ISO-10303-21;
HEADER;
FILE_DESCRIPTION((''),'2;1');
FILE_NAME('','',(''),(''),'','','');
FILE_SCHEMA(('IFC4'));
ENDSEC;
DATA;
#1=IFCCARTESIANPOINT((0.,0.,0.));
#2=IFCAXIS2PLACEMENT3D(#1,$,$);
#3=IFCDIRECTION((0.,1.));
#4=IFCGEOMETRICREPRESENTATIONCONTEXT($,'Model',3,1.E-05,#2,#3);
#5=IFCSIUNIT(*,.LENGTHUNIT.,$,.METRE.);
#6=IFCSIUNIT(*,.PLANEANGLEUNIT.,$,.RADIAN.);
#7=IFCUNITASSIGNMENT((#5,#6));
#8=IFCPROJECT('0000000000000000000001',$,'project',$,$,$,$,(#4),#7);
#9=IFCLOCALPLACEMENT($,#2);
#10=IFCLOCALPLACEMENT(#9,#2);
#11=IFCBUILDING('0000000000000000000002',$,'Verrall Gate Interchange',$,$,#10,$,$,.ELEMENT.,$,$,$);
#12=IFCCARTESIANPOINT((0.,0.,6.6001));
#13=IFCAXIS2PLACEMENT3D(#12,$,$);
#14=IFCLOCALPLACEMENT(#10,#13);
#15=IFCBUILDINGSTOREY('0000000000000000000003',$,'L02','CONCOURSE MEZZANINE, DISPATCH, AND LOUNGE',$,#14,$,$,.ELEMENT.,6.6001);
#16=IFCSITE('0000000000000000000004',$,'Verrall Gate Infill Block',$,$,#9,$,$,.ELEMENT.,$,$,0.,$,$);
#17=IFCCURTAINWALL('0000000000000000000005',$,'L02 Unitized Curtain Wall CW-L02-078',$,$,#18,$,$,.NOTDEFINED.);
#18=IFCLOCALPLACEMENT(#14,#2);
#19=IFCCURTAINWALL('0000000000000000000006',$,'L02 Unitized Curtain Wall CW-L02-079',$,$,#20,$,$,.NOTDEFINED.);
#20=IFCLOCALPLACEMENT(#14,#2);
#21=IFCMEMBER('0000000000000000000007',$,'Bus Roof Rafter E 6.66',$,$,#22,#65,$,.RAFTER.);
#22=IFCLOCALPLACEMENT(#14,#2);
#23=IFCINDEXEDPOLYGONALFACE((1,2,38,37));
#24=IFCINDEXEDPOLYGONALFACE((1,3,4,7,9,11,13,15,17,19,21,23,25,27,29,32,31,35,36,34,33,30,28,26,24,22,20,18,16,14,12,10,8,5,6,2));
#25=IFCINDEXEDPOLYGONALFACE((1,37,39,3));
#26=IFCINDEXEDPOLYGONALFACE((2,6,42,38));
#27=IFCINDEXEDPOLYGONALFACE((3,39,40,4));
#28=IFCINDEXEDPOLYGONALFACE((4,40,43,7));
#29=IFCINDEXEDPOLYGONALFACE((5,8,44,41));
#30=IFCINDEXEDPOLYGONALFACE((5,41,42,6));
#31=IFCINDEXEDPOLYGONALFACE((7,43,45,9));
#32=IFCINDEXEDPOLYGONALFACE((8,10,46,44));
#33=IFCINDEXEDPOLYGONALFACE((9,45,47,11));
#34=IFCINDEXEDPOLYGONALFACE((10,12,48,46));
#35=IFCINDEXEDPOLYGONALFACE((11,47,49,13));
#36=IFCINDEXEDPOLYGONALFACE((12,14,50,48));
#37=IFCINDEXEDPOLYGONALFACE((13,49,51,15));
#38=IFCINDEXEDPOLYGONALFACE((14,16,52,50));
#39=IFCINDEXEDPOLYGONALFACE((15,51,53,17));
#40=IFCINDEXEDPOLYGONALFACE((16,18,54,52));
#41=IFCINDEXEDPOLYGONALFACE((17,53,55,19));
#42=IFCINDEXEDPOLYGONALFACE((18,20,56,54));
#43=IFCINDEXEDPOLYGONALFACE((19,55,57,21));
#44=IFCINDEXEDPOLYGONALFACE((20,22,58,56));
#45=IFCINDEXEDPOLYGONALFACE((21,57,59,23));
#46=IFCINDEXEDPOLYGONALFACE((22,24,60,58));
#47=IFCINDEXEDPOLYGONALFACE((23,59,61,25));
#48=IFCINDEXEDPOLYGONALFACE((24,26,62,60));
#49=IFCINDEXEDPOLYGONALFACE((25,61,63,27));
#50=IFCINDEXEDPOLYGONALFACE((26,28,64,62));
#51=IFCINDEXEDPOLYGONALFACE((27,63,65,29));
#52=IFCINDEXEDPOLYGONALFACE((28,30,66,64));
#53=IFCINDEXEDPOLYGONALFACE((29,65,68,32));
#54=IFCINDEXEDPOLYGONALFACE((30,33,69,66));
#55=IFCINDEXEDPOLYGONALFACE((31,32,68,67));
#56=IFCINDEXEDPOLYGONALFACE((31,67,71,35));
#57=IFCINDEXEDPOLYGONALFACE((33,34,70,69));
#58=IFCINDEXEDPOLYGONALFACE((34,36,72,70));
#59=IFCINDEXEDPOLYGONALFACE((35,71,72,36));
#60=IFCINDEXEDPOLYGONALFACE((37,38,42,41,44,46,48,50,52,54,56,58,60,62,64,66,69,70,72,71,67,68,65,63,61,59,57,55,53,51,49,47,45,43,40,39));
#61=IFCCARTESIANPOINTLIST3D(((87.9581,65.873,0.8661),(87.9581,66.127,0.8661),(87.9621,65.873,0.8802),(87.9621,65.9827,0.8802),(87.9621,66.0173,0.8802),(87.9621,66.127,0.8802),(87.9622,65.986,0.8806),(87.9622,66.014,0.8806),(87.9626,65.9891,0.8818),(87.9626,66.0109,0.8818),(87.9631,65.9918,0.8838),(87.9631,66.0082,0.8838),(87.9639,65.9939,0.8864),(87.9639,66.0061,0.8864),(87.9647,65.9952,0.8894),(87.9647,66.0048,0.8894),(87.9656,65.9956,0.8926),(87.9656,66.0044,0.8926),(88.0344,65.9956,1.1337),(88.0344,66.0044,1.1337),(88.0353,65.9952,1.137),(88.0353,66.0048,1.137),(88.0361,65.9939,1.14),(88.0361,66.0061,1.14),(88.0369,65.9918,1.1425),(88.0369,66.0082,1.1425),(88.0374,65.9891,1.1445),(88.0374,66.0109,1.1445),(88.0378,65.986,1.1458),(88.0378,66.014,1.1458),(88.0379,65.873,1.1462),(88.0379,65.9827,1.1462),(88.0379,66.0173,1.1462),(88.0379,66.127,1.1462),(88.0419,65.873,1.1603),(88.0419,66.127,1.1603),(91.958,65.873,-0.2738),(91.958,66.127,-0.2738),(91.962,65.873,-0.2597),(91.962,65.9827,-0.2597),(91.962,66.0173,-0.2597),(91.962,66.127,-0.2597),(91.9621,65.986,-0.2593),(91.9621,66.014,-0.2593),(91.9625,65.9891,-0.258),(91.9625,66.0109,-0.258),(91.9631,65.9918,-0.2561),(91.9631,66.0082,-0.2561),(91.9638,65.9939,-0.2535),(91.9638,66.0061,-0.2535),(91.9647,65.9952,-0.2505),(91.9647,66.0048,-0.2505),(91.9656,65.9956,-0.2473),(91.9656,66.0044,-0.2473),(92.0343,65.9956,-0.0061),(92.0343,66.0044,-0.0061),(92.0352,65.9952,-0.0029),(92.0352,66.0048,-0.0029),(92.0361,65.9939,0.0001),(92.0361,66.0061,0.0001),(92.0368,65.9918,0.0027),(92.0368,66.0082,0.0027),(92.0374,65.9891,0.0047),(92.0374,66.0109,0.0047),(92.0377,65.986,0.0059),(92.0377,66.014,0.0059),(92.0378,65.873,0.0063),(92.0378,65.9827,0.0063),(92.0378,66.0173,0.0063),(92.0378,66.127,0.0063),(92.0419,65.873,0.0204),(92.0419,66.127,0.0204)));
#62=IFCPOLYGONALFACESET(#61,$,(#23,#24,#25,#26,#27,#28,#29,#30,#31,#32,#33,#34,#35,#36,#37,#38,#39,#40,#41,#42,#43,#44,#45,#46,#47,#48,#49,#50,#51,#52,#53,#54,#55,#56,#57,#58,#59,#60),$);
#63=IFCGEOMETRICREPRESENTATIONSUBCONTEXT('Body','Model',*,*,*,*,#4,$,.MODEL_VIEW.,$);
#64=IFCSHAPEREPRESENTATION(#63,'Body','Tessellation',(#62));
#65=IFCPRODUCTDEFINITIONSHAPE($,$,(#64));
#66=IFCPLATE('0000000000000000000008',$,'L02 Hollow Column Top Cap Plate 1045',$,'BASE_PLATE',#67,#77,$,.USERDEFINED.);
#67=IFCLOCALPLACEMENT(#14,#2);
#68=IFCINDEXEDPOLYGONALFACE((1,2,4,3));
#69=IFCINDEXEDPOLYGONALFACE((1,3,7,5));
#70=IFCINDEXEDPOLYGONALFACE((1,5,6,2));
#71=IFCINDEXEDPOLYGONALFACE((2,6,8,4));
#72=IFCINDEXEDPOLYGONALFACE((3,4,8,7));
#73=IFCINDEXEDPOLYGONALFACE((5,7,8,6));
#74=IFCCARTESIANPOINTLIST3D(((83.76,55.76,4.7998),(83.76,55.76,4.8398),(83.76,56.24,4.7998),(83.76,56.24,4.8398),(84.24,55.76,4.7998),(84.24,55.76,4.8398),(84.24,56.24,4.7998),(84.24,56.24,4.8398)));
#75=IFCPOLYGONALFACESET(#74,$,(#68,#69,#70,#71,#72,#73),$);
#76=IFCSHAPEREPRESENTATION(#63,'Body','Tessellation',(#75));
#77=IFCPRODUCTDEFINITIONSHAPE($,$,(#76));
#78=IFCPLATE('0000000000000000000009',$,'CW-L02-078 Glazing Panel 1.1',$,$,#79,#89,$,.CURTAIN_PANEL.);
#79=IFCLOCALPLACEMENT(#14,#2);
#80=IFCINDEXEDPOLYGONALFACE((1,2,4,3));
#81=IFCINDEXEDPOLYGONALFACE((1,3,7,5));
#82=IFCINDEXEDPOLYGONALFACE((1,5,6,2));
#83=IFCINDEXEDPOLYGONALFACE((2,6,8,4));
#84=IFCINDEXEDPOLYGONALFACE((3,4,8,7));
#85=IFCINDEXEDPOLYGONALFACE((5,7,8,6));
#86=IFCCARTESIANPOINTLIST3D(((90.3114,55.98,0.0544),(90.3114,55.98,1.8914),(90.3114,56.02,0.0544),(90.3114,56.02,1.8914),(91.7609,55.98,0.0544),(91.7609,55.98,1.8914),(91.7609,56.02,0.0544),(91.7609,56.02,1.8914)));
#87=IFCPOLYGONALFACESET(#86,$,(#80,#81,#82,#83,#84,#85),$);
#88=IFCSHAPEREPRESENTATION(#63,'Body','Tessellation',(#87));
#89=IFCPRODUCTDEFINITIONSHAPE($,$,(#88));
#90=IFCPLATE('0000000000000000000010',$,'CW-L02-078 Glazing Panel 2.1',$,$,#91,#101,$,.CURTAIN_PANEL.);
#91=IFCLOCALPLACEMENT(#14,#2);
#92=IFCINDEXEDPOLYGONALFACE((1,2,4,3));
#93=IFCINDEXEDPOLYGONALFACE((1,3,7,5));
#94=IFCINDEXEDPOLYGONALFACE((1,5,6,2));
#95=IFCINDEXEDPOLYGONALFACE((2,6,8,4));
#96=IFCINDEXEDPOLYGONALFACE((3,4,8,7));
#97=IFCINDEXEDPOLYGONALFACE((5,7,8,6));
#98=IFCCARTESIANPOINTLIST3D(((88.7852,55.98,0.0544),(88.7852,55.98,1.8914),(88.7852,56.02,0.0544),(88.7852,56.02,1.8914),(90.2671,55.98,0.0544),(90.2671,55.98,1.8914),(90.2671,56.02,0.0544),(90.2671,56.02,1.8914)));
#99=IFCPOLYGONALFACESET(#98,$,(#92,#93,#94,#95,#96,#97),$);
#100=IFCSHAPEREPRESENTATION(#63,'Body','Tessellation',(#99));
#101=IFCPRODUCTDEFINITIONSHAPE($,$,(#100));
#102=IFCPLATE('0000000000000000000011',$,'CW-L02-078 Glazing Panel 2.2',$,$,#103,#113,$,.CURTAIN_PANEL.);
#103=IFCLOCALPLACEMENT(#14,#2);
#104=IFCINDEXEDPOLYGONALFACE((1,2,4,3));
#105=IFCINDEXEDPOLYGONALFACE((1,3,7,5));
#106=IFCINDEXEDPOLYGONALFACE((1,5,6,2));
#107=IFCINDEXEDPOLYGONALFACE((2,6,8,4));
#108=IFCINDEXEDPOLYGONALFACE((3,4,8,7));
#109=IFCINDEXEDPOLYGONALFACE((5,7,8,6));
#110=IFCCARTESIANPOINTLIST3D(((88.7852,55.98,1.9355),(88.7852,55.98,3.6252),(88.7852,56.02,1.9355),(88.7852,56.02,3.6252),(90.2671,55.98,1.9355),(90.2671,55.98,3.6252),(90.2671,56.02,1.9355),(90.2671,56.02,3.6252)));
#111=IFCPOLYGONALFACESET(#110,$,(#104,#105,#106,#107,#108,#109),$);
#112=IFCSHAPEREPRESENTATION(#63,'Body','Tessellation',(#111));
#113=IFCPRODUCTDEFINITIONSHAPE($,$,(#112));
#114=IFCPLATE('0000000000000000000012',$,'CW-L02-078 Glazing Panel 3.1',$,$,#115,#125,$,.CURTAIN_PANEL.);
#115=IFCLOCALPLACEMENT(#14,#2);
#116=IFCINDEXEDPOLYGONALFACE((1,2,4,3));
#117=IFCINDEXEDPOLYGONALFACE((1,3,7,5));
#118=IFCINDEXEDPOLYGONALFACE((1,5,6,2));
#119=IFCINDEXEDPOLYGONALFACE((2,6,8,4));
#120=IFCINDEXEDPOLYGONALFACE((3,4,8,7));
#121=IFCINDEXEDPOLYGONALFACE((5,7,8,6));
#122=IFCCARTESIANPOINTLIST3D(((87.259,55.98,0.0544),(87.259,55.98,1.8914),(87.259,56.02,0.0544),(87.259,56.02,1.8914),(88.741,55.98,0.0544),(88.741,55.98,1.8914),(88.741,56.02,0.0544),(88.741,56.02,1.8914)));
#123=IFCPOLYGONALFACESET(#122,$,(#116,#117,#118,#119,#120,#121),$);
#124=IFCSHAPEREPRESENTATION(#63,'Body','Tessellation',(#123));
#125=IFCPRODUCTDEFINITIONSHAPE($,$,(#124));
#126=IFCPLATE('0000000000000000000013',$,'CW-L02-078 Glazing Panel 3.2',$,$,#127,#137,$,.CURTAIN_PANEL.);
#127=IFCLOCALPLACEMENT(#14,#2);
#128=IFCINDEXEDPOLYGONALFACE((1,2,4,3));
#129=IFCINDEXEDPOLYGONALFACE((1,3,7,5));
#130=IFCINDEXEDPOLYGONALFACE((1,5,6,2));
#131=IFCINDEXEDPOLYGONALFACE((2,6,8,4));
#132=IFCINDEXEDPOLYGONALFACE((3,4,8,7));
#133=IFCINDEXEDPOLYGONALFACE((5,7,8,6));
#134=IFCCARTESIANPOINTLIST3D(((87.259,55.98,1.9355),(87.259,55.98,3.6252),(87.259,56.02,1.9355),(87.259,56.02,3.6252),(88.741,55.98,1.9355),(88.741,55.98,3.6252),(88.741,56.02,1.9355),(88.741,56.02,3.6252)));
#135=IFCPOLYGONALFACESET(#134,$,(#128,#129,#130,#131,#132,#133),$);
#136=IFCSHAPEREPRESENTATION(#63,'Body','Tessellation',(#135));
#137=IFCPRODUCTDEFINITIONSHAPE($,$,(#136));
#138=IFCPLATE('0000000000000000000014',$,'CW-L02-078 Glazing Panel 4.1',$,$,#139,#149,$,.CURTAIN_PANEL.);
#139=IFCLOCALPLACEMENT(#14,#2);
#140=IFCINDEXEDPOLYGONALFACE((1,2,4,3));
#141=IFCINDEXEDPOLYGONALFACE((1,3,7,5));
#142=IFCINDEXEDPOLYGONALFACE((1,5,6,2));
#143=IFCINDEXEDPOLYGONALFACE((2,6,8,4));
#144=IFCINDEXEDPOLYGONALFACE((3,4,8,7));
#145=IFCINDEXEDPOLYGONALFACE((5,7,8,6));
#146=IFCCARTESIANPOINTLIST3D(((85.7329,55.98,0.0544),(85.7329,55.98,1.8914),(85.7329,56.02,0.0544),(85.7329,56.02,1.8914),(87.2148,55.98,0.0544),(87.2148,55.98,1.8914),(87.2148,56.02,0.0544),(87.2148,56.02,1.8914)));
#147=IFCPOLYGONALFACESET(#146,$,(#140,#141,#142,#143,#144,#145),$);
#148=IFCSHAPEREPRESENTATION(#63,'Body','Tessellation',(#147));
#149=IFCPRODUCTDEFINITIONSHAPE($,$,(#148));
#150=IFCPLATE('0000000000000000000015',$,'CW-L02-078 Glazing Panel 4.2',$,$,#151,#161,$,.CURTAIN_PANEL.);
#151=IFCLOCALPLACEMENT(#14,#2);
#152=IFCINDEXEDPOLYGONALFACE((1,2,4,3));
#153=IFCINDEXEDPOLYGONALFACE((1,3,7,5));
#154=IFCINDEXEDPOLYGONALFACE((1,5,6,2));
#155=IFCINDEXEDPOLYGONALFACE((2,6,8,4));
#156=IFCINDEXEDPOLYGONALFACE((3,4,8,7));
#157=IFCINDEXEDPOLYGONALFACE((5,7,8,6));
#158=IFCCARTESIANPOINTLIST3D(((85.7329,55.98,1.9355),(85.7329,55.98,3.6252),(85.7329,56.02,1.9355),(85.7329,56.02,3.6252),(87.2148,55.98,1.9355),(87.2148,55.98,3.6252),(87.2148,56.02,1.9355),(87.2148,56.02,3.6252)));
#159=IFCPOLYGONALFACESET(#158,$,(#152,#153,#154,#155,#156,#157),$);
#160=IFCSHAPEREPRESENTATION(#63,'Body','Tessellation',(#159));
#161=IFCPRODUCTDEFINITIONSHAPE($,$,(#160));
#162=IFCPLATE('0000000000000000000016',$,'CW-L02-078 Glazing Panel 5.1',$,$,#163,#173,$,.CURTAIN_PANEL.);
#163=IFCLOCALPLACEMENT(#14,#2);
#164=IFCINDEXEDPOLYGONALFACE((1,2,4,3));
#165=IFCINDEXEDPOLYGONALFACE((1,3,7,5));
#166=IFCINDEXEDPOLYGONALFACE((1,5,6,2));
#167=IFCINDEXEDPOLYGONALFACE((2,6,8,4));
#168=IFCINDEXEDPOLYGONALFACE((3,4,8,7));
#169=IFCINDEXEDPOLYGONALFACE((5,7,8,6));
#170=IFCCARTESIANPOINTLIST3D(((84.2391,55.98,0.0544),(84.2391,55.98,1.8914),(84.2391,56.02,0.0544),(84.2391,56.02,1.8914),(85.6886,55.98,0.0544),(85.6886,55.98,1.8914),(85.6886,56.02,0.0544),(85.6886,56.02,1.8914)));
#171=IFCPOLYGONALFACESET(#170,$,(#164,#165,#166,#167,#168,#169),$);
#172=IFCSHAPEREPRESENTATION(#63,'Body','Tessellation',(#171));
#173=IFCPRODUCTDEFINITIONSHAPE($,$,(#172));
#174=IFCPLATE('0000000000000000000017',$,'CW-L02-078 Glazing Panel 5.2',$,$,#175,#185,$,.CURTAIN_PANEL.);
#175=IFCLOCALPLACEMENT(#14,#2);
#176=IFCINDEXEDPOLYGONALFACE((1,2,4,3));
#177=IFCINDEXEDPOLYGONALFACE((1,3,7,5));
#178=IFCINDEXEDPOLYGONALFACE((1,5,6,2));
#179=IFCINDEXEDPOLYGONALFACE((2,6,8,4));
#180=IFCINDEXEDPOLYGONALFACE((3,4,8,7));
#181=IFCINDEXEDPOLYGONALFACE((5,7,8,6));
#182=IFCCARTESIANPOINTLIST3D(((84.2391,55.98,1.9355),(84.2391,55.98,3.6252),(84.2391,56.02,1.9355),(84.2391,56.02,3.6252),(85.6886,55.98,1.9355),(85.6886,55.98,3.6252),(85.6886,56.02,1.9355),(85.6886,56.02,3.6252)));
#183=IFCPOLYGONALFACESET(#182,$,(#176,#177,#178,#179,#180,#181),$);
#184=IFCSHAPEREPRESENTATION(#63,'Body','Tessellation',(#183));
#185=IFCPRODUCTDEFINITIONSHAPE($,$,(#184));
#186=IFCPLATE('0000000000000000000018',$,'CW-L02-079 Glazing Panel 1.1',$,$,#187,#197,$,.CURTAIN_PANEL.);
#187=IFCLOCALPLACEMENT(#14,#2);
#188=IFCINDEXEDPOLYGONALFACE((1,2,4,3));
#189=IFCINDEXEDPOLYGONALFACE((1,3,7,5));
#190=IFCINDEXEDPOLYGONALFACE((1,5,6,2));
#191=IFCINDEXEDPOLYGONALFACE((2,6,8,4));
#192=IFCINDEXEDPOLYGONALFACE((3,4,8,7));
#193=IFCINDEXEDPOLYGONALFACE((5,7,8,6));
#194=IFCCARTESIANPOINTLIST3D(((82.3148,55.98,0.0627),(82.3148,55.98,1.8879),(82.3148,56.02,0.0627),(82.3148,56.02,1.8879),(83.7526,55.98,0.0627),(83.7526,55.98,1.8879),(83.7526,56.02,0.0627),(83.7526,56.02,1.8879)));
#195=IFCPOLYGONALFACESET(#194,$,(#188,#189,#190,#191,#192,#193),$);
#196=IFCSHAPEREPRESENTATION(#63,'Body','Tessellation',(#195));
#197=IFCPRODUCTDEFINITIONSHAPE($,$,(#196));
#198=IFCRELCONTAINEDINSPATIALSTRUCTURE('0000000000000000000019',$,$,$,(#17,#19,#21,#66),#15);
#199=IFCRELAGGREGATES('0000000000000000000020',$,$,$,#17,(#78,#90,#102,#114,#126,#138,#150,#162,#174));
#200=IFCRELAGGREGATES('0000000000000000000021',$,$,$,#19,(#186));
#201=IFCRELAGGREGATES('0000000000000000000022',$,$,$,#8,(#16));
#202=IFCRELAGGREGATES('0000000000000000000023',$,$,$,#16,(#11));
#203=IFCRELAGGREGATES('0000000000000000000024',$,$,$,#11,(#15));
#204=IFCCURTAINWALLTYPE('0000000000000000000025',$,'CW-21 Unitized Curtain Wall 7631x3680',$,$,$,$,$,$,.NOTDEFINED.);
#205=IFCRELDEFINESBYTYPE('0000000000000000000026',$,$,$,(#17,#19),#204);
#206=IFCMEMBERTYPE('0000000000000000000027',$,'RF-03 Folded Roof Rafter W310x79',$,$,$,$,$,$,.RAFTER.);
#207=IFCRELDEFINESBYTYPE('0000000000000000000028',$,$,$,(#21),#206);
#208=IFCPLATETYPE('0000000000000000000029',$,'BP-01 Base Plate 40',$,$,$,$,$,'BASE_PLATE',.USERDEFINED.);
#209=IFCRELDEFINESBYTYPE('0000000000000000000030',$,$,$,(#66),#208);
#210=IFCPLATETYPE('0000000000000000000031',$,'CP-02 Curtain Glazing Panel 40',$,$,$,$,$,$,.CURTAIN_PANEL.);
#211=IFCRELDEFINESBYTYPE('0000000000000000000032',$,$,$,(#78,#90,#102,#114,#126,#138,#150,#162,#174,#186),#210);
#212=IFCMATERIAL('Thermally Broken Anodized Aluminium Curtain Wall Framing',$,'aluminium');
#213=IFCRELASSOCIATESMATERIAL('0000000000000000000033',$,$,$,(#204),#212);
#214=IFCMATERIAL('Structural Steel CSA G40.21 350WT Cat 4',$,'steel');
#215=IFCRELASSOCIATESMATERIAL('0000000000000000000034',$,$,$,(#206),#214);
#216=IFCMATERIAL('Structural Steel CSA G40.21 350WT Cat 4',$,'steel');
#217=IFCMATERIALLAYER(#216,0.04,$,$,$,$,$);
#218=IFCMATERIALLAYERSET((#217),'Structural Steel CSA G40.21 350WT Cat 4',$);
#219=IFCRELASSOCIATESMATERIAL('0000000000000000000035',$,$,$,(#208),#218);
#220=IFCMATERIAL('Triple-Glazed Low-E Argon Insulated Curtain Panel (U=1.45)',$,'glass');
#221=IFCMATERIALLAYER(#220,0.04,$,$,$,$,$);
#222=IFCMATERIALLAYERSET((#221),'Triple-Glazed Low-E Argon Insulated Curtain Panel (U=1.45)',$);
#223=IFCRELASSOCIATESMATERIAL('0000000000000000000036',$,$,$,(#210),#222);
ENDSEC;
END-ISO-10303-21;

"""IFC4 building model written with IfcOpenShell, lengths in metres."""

from ifc_helpers import new_model, si_unit, direction, frame, origin, origin_2d, place, context, subcontext, project, spatial, rectangle, i_section, extrude, material, layer, layer_set, material_profile, profile_set, type_object, element, aggregate, save


model = new_model("IFC4")

# Units and contexts
model_context = context("Model", 3, precision=1e-05, world=origin(), true_north=direction((0.0, 1.0)))
body_context = subcontext(model_context, "Body", "Model", "MODEL_VIEW")
ifc_project = project(units=[si_unit("LENGTHUNIT", "METRE"), si_unit("PLANEANGLEUNIT", "RADIAN")], contexts=[model_context])

# Site, building, storey
site_placement = place(None, origin())
site = spatial("IfcSite", under=ifc_project, at=site_placement, Name="Verrall Gate Infill Block", CompositionType="ELEMENT", RefElevation=0.0)
building_placement = place(site_placement, origin())
building = spatial("IfcBuilding", under=site, at=building_placement, Name="Verrall Gate Interchange", CompositionType="ELEMENT")
storey_placement = place(building_placement, frame((0.0, 0.0, 6.6001)))
storey = spatial("IfcBuildingStorey", under=building, at=storey_placement, Name="L02", Description="CONCOURSE MEZZANINE, DISPATCH, AND LOUNGE", CompositionType="ELEMENT", Elevation=6.6001)

# Curtain walls
ifc_material_1 = material(Name="Thermally Broken Anodized Aluminium Curtain Wall Framing", Category="aluminium")
curtain_wall_type = type_object("IfcCurtainWallType", Name="CW-21 Unitized Curtain Wall 7631x3680", PredefinedType="NOTDEFINED", material=ifc_material_1)
curtain_wall_1_placement = place(storey_placement, origin())
curtain_wall_1 = element("IfcCurtainWall", 1, at=curtain_wall_1_placement, inside=storey, type_object=curtain_wall_type, Name="L02 Unitized Curtain Wall CW-L02-078", PredefinedType="NOTDEFINED")
curtain_wall_2_placement = place(storey_placement, origin())
curtain_wall_2 = element("IfcCurtainWall", 2, at=curtain_wall_2_placement, inside=storey, type_object=curtain_wall_type, Name="L02 Unitized Curtain Wall CW-L02-079", PredefinedType="NOTDEFINED")

# Member
ifc_material_2 = material(Name="Structural Steel CSA G40.21 350WT Cat 4", Category="steel")
ifc_material_profile_1 = material_profile(ifc_material_2, i_section(OverallWidth=0.2539, OverallDepth=0.3059, WebThickness=0.0088, FlangeThickness=0.0146, FilletRadius=0.0129, at=origin_2d()), Name="W310x79")
ifc_profile_set_1 = profile_set([ifc_material_profile_1], Name="Structural Steel CSA G40.21 350WT Cat 4")
member_type_1 = type_object("IfcMemberType", Name="RF-03 Folded Roof Rafter W310x79", PredefinedType="RAFTER", material=ifc_profile_set_1)
for number, where, z_axis, x_axis, name in (
    (3, (88.0, 66.0, 1.0132), (0.961712, 0.0, -0.274062), (0.0, 1.0, 0.0), "Bus Roof Rafter E 6.66"),
):
    element("IfcMember", number, at=place(storey_placement, frame(where, z_axis=z_axis, x_axis=x_axis)), inside=storey, type_object=member_type_1, Name=name, PredefinedType="RAFTER", context=body_context, shape_type="SweptSolid", body=[
        extrude(i_section(OverallWidth=0.2539, OverallDepth=0.3059, WebThickness=0.0088, FlangeThickness=0.0146, FilletRadius=0.0129, at=origin_2d()), origin(), (0.0, 0.0, 1.0), 4.1592),
    ])

# Plates
ifc_material_3 = material(Name="Structural Steel CSA G40.21 350WT Cat 4", Category="steel")
ifc_layer_1 = layer(ifc_material_3, 0.04)
ifc_layer_set_1 = layer_set([ifc_layer_1], Name="Structural Steel CSA G40.21 350WT Cat 4")
plate_type_1 = type_object("IfcPlateType", Name="BP-01 Base Plate 40", ElementType="BASE_PLATE", PredefinedType="USERDEFINED", material=ifc_layer_set_1)
plate_1_placement = place(storey_placement, frame((84.0, 56.0, 4.7998), z_axis=(0.0, 0.0, 1.0), x_axis=(1.0, 0.0, 0.0)))
element("IfcPlate", 4, at=plate_1_placement, inside=storey, type_object=plate_type_1, Name="L02 Hollow Column Top Cap Plate 1045", ObjectType="BASE_PLATE", PredefinedType="USERDEFINED", context=body_context, shape_type="SweptSolid", body=[
    extrude(rectangle(XDim=0.48, YDim=0.48, at=origin_2d()), origin(), (0.0, 0.0, 1.0), 0.04),
])
ifc_material_4 = material(Name="Triple-Glazed Low-E Argon Insulated Curtain Panel (U=1.45)", Category="glass")
ifc_layer_2 = layer(ifc_material_4, 0.04)
ifc_layer_set_2 = layer_set([ifc_layer_2], Name="Triple-Glazed Low-E Argon Insulated Curtain Panel (U=1.45)")
plate_type_2 = type_object("IfcPlateType", Name="CP-02 Curtain Glazing Panel 40", PredefinedType="CURTAIN_PANEL", material=ifc_layer_set_2)
plate_2_placement = place(storey_placement, frame((91.0361, 56.0, 0.0544), z_axis=(0.0, 0.0, 1.0), x_axis=(-1.0, 0.0, 0.0)))
plate_2 = element("IfcPlate", 5, at=plate_2_placement, type_object=plate_type_2, Name="CW-L02-078 Glazing Panel 1.1", PredefinedType="CURTAIN_PANEL", context=body_context, shape_type="SweptSolid", body=[
    extrude(rectangle(XDim=1.4495, YDim=0.04, at=origin_2d()), origin(), (0.0, 0.0, 1.0), 1.8369),
])
plate_3_placement = place(storey_placement, frame((89.5261, 56.0, 0.0544), z_axis=(0.0, 0.0, 1.0), x_axis=(-1.0, 0.0, 0.0)))
plate_3 = element("IfcPlate", 6, at=plate_3_placement, type_object=plate_type_2, Name="CW-L02-078 Glazing Panel 2.1", PredefinedType="CURTAIN_PANEL", context=body_context, shape_type="SweptSolid", body=[
    extrude(rectangle(XDim=1.4819, YDim=0.04, at=origin_2d()), origin(), (0.0, 0.0, 1.0), 1.8369),
])
plate_4_placement = place(storey_placement, frame((89.5261, 56.0, 1.9355), z_axis=(0.0, 0.0, 1.0), x_axis=(-1.0, 0.0, 0.0)))
plate_4 = element("IfcPlate", 7, at=plate_4_placement, type_object=plate_type_2, Name="CW-L02-078 Glazing Panel 2.2", PredefinedType="CURTAIN_PANEL", context=body_context, shape_type="SweptSolid", body=[
    extrude(rectangle(XDim=1.4819, YDim=0.04, at=origin_2d()), origin(), (0.0, 0.0, 1.0), 1.6897),
])
plate_5_placement = place(storey_placement, frame((88.0, 56.0, 0.0544), z_axis=(0.0, 0.0, 1.0), x_axis=(-1.0, 0.0, 0.0)))
plate_5 = element("IfcPlate", 8, at=plate_5_placement, type_object=plate_type_2, Name="CW-L02-078 Glazing Panel 3.1", PredefinedType="CURTAIN_PANEL", context=body_context, shape_type="SweptSolid", body=[
    extrude(rectangle(XDim=1.4819, YDim=0.04, at=origin_2d()), origin(), (0.0, 0.0, 1.0), 1.8369),
])
plate_6_placement = place(storey_placement, frame((88.0, 56.0, 1.9355), z_axis=(0.0, 0.0, 1.0), x_axis=(-1.0, 0.0, 0.0)))
plate_6 = element("IfcPlate", 9, at=plate_6_placement, type_object=plate_type_2, Name="CW-L02-078 Glazing Panel 3.2", PredefinedType="CURTAIN_PANEL", context=body_context, shape_type="SweptSolid", body=[
    extrude(rectangle(XDim=1.4819, YDim=0.04, at=origin_2d()), origin(), (0.0, 0.0, 1.0), 1.6897),
])
plate_7_placement = place(storey_placement, frame((86.4739, 56.0, 0.0544), z_axis=(0.0, 0.0, 1.0), x_axis=(-1.0, 0.0, 0.0)))
plate_7 = element("IfcPlate", 10, at=plate_7_placement, type_object=plate_type_2, Name="CW-L02-078 Glazing Panel 4.1", PredefinedType="CURTAIN_PANEL", context=body_context, shape_type="SweptSolid", body=[
    extrude(rectangle(XDim=1.4819, YDim=0.04, at=origin_2d()), origin(), (0.0, 0.0, 1.0), 1.8369),
])
plate_8_placement = place(storey_placement, frame((86.4739, 56.0, 1.9355), z_axis=(0.0, 0.0, 1.0), x_axis=(-1.0, 0.0, 0.0)))
plate_8 = element("IfcPlate", 11, at=plate_8_placement, type_object=plate_type_2, Name="CW-L02-078 Glazing Panel 4.2", PredefinedType="CURTAIN_PANEL", context=body_context, shape_type="SweptSolid", body=[
    extrude(rectangle(XDim=1.4819, YDim=0.04, at=origin_2d()), origin(), (0.0, 0.0, 1.0), 1.6897),
])
plate_9_placement = place(storey_placement, frame((84.9639, 56.0, 0.0544), z_axis=(0.0, 0.0, 1.0), x_axis=(-1.0, 0.0, 0.0)))
plate_9 = element("IfcPlate", 12, at=plate_9_placement, type_object=plate_type_2, Name="CW-L02-078 Glazing Panel 5.1", PredefinedType="CURTAIN_PANEL", context=body_context, shape_type="SweptSolid", body=[
    extrude(rectangle(XDim=1.4495, YDim=0.04, at=origin_2d()), origin(), (0.0, 0.0, 1.0), 1.8369),
])
plate_10_placement = place(storey_placement, frame((84.9639, 56.0, 1.9355), z_axis=(0.0, 0.0, 1.0), x_axis=(-1.0, 0.0, 0.0)))
plate_10 = element("IfcPlate", 13, at=plate_10_placement, type_object=plate_type_2, Name="CW-L02-078 Glazing Panel 5.2", PredefinedType="CURTAIN_PANEL", context=body_context, shape_type="SweptSolid", body=[
    extrude(rectangle(XDim=1.4495, YDim=0.04, at=origin_2d()), origin(), (0.0, 0.0, 1.0), 1.6897),
])
aggregate(curtain_wall_1, [plate_2, plate_3, plate_4, plate_5, plate_6, plate_7, plate_8, plate_9, plate_10])
plate_11_placement = place(storey_placement, frame((83.0337, 56.0, 0.0627), z_axis=(0.0, 0.0, 1.0), x_axis=(-1.0, 0.0, 0.0)))
plate_11 = element("IfcPlate", 14, at=plate_11_placement, type_object=plate_type_2, Name="CW-L02-079 Glazing Panel 1.1", PredefinedType="CURTAIN_PANEL", context=body_context, shape_type="SweptSolid", body=[
    extrude(rectangle(XDim=1.4377, YDim=0.04, at=origin_2d()), origin(), (0.0, 0.0, 1.0), 1.8252),
])
aggregate(curtain_wall_2, [plate_11])

save(model, "model.ifc")
